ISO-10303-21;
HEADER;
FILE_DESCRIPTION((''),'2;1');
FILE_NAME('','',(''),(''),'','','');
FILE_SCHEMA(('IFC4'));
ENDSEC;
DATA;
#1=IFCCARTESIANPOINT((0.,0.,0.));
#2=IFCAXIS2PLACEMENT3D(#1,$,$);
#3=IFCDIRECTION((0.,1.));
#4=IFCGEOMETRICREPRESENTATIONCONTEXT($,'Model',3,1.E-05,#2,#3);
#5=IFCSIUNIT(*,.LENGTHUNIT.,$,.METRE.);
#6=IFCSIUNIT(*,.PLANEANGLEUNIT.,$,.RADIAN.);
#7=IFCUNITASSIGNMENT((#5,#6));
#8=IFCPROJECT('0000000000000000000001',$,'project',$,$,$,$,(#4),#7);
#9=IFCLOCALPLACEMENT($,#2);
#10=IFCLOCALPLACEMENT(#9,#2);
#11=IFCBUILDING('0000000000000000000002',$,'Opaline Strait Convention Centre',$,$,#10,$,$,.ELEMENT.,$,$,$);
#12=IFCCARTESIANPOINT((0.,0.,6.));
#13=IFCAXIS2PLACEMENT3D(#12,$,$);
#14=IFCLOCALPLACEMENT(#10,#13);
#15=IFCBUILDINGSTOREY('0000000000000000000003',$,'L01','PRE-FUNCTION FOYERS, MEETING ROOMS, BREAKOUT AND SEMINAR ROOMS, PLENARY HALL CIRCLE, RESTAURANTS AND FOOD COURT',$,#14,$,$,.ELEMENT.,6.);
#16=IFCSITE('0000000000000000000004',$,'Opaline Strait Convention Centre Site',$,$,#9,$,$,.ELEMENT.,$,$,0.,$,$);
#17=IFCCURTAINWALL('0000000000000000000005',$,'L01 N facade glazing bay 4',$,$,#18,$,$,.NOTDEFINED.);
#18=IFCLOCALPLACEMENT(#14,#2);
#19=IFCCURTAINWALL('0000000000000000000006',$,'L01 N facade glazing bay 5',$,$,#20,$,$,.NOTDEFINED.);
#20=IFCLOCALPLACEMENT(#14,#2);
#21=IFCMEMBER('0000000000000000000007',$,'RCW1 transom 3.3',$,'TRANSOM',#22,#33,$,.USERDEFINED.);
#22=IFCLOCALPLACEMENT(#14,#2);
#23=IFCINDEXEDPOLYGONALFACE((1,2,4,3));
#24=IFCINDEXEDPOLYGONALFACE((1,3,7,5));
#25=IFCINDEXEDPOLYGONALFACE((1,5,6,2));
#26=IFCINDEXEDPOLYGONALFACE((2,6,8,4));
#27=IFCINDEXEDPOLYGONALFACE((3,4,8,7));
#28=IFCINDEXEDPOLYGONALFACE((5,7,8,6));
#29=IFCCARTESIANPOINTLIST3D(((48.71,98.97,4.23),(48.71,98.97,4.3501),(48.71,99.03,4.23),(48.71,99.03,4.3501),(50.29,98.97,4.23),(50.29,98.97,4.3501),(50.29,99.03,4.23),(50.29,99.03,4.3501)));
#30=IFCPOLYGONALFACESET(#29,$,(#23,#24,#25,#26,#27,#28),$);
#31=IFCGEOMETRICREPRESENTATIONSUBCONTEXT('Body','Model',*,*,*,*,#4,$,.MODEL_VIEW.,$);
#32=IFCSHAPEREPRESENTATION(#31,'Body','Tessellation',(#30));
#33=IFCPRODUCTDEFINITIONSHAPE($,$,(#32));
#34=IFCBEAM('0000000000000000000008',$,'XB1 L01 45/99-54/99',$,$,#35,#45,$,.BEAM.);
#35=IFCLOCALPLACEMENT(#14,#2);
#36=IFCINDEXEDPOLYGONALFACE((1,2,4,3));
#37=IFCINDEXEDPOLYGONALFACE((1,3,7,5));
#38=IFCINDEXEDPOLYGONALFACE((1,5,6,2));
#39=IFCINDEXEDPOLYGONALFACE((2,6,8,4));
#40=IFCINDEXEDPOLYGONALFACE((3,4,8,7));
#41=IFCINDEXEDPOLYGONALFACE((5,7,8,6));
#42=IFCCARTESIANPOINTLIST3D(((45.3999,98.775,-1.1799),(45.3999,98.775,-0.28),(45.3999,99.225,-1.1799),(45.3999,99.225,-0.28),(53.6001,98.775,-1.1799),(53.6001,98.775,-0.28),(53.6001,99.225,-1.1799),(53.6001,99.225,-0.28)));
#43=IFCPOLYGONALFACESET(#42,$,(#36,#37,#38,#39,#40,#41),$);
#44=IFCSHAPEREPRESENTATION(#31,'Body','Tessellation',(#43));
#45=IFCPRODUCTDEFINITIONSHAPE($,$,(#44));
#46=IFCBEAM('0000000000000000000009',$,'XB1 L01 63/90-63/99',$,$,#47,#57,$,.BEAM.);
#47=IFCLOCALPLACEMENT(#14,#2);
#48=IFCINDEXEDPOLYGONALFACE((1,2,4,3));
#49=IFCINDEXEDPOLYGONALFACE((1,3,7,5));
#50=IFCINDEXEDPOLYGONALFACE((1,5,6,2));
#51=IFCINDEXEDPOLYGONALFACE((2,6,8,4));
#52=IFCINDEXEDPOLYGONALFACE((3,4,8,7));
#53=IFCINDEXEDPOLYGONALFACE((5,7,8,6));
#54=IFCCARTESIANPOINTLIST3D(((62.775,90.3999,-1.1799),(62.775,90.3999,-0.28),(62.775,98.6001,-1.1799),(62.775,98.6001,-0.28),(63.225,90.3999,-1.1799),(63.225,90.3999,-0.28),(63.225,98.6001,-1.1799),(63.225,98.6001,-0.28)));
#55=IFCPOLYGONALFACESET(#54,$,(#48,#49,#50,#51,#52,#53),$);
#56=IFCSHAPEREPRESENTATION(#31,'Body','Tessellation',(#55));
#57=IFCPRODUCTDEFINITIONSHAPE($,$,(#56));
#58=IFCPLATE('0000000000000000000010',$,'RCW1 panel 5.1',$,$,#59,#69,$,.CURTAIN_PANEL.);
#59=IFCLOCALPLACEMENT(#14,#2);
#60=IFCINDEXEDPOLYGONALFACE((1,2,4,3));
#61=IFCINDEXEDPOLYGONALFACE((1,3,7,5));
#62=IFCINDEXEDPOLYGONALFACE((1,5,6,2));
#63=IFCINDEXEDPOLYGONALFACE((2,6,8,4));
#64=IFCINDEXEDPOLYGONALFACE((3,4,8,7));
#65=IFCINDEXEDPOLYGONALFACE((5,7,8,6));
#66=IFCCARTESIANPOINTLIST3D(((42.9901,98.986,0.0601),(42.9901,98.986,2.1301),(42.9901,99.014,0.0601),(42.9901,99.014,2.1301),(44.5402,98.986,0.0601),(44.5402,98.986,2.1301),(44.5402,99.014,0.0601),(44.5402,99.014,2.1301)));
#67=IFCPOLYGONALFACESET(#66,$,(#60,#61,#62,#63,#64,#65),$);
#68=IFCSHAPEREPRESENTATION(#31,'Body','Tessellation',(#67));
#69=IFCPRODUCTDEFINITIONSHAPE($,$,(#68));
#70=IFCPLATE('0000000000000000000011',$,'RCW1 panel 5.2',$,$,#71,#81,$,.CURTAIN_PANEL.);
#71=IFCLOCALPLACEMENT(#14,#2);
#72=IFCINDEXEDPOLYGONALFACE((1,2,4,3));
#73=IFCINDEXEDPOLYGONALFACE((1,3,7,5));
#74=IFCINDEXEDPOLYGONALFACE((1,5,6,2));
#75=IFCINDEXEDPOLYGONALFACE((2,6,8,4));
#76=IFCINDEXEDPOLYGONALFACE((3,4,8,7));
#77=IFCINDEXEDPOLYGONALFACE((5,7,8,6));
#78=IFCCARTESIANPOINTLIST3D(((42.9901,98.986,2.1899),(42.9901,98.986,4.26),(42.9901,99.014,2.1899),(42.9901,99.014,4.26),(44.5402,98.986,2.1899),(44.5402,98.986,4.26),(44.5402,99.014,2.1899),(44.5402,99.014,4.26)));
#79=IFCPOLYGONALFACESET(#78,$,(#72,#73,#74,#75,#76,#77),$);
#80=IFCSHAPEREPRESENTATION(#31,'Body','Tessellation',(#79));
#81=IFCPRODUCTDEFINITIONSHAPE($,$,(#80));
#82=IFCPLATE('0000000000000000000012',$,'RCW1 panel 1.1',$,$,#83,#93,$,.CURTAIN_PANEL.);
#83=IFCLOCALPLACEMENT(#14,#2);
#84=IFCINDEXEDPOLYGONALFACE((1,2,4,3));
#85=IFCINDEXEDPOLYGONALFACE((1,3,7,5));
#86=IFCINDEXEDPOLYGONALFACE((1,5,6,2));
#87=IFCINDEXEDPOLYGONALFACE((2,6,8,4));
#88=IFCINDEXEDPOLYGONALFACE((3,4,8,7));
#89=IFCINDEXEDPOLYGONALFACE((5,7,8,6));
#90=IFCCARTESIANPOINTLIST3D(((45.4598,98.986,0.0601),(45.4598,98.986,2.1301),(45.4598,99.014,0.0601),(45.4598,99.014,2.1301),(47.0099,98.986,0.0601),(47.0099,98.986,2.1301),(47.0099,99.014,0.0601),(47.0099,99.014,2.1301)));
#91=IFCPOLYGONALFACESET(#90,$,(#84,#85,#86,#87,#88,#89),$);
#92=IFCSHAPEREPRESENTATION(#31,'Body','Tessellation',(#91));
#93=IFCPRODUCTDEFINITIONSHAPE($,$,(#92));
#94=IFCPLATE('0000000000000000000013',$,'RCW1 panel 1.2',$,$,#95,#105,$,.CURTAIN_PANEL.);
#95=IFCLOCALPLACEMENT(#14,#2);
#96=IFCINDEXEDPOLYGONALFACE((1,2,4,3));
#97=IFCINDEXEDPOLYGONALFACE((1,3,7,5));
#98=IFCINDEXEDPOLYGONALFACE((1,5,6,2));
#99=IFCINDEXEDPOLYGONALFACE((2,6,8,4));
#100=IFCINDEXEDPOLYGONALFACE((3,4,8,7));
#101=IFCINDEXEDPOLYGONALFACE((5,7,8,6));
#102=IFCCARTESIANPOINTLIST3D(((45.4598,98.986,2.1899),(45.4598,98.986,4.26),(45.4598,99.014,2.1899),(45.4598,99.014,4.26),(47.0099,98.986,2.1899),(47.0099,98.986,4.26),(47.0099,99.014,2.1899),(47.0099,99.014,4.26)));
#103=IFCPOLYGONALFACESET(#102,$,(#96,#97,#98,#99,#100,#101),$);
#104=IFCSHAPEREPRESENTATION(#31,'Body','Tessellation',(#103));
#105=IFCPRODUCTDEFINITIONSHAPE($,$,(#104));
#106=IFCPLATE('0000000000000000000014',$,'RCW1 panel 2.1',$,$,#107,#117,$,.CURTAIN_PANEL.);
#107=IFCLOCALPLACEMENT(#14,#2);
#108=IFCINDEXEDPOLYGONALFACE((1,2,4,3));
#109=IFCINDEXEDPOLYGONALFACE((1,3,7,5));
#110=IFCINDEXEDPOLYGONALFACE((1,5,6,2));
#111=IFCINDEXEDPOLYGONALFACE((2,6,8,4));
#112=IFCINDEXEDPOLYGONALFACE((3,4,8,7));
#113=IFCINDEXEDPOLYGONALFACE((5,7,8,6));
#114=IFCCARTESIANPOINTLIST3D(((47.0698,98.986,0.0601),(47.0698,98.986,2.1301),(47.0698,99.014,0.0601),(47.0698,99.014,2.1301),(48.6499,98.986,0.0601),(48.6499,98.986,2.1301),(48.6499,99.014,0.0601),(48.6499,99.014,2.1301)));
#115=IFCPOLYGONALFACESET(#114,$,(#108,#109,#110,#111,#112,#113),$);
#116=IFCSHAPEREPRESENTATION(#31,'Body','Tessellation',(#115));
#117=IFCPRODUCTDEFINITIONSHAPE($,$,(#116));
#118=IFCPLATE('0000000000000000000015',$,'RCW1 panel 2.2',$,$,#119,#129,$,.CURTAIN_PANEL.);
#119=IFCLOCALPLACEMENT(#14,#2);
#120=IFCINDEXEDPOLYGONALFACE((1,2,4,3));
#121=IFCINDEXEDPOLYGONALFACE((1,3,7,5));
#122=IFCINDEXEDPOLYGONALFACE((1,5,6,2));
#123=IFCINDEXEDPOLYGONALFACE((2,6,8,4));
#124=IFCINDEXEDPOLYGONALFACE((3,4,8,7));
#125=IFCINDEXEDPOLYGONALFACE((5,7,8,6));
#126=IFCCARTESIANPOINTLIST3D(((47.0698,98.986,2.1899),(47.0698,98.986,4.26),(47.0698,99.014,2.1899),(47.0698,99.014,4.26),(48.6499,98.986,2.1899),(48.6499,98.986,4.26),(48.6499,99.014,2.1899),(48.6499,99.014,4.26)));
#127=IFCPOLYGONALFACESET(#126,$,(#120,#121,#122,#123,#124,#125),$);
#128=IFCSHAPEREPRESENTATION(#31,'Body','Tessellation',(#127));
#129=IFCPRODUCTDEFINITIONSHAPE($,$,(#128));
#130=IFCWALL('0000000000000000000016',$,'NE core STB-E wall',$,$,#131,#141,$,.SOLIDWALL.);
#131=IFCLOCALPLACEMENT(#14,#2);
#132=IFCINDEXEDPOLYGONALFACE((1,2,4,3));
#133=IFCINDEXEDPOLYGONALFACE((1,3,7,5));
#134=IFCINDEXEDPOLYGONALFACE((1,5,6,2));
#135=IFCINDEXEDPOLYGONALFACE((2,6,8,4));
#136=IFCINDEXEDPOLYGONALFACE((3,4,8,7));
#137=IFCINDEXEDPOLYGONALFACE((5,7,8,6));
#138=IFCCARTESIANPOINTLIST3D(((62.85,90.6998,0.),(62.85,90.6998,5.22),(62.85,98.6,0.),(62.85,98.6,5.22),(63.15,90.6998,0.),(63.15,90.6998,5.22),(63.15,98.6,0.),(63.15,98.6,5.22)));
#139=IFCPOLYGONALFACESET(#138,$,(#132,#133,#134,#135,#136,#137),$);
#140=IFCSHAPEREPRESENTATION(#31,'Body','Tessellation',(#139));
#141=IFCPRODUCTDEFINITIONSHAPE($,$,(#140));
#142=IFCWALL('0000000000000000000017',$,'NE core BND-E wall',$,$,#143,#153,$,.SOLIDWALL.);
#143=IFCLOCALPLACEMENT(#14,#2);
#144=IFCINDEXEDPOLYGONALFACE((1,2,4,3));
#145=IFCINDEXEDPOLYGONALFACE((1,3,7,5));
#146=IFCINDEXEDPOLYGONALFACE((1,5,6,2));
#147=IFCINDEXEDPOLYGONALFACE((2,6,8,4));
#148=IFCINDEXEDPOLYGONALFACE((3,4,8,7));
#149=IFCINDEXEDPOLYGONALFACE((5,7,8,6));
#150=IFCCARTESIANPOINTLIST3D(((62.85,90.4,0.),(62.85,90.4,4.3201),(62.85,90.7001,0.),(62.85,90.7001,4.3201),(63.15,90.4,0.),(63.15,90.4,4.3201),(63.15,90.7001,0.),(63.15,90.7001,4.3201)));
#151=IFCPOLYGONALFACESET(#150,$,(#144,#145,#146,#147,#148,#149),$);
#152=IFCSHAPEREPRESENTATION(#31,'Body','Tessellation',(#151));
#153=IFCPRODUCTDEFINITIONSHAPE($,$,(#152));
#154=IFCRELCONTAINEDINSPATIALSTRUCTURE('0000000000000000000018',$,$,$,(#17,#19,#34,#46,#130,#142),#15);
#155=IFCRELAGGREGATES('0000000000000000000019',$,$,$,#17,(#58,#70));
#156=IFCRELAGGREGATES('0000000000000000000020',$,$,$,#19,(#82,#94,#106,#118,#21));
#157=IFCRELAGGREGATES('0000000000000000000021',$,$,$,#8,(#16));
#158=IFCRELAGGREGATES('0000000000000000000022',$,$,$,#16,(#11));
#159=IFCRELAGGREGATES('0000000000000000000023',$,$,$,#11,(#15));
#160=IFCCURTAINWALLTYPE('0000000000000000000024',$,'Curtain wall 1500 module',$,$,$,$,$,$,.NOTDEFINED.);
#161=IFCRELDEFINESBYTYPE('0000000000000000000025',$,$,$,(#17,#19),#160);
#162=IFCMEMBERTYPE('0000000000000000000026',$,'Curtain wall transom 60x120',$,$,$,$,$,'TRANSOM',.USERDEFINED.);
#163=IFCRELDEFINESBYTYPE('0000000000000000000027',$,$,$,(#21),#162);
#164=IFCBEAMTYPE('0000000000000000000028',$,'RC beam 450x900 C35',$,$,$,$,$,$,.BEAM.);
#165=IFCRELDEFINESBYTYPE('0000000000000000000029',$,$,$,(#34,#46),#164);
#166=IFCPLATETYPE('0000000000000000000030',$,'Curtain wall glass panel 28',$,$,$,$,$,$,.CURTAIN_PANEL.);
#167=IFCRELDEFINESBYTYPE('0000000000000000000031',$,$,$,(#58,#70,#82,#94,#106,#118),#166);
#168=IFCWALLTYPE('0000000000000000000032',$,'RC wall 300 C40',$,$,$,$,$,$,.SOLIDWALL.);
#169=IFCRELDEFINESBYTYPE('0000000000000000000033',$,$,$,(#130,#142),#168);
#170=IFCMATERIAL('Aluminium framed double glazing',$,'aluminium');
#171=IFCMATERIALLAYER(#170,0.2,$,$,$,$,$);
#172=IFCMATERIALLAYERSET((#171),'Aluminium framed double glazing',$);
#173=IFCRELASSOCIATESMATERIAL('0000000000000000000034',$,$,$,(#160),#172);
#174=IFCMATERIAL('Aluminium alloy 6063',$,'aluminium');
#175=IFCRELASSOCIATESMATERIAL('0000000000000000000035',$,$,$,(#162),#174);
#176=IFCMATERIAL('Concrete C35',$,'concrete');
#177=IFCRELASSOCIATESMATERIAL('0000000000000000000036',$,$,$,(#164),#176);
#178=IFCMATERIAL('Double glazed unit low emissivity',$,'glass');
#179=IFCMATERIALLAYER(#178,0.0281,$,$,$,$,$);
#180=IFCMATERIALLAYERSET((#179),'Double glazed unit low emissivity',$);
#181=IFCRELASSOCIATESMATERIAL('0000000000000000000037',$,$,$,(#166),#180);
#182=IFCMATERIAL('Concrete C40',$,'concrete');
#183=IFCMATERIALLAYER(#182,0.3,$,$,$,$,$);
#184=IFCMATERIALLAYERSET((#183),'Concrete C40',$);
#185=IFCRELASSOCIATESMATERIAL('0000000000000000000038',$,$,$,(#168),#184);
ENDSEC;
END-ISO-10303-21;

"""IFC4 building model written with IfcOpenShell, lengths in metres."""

from ifc_helpers import new_model, si_unit, direction, frame, frame_2d, origin, origin_2d, place, context, subcontext, project, spatial, rectangle, extrude, material, layer, layer_set, material_profile, profile_set, type_object, element, aggregate, save


model = new_model("IFC4")

# Units and contexts
model_context = context("Model", 3, precision=1e-05, world=origin(), true_north=direction((0.0, 1.0)))
body_context = subcontext(model_context, "Body", "Model", "MODEL_VIEW")
ifc_project = project(units=[si_unit("LENGTHUNIT", "METRE"), si_unit("PLANEANGLEUNIT", "RADIAN")], contexts=[model_context])

# Site, building, storey
site_placement = place(None, origin())
site = spatial("IfcSite", under=ifc_project, at=site_placement, Name="Opaline Strait Convention Centre Site", CompositionType="ELEMENT", RefElevation=0.0)
building_placement = place(site_placement, origin())
building = spatial("IfcBuilding", under=site, at=building_placement, Name="Opaline Strait Convention Centre", CompositionType="ELEMENT")
storey_placement = place(building_placement, frame((0.0, 0.0, 6.0)))
storey = spatial("IfcBuildingStorey", under=building, at=storey_placement, Name="L01", Description="PRE-FUNCTION FOYERS, MEETING ROOMS, BREAKOUT AND SEMINAR ROOMS, PLENARY HALL CIRCLE, RESTAURANTS AND FOOD COURT", CompositionType="ELEMENT", Elevation=6.0)

# Shared definitions
ifc_material_1 = material(Name="Concrete C40", Category="concrete")

# Curtain wall
ifc_material_2 = material(Name="Aluminium framed double glazing", Category="aluminium")
ifc_layer_1 = layer(ifc_material_2, 0.2)
ifc_layer_set_1 = layer_set([ifc_layer_1], Name="Aluminium framed double glazing")
curtain_wall_type = type_object("IfcCurtainWallType", Name="Curtain wall 1500 module", PredefinedType="NOTDEFINED", material=ifc_layer_set_1)
curtain_wall_1_placement = place(storey_placement, origin())
curtain_wall_1 = element("IfcCurtainWall", 1, at=curtain_wall_1_placement, inside=storey, type_object=curtain_wall_type, Name="L01 N facade glazing bay 4", PredefinedType="NOTDEFINED")
ifc_material_3 = material(Name="Aluminium alloy 6063", Category="aluminium")

# Curtain wall
curtain_wall_2_placement = place(storey_placement, origin())
curtain_wall_2 = element("IfcCurtainWall", 2, at=curtain_wall_2_placement, inside=storey, type_object=curtain_wall_type, Name="L01 N facade glazing bay 5", PredefinedType="NOTDEFINED")

# Member
ifc_material_profile_1 = material_profile(ifc_material_3, rectangle(XDim=0.0601, YDim=0.1201, at=origin_2d()), Name="Curtain wall transom 60x120")
ifc_profile_set_1 = profile_set([ifc_material_profile_1], Name="Aluminium alloy 6063")
member_type_1 = type_object("IfcMemberType", Name="Curtain wall transom 60x120", ElementType="TRANSOM", PredefinedType="USERDEFINED", material=ifc_profile_set_1)
member_1_placement = place(storey_placement, frame((48.71, 99.0, 4.29), z_axis=(1.0, 0.0, 0.0), x_axis=(0.0, 1.0, 0.0)))
member_1 = element("IfcMember", 3, at=member_1_placement, type_object=member_type_1, Name="RCW1 transom 3.3", ObjectType="TRANSOM", PredefinedType="USERDEFINED", context=body_context, shape_type="SweptSolid", body=[
    extrude(rectangle(XDim=0.0601, YDim=0.1201, at=origin_2d()), origin(), (0.0, 0.0, 1.0), 1.5801),
])

# Beams
ifc_material_4 = material(Name="Concrete C35", Category="concrete")
ifc_material_profile_2 = material_profile(ifc_material_4, rectangle(XDim=0.45, YDim=0.8999, at=origin_2d()), Name="RC 450x900")
ifc_profile_set_2 = profile_set([ifc_material_profile_2], Name="Concrete C35")
beam_type = type_object("IfcBeamType", Name="RC beam 450x900 C35", PredefinedType="BEAM", material=ifc_profile_set_2)
for number, where, z_axis, x_axis, name in (
    (4, (45.3999, 99.0, -0.73), (1.0, 0.0, 0.0), (0.0, 1.0, 0.0), "XB1 L01 45/99-54/99"),
    (5, (63.0, 90.3999, -0.73), (0.0, 1.0, 0.0), (-1.0, 0.0, 0.0), "XB1 L01 63/90-63/99"),
):
    element("IfcBeam", number, at=place(storey_placement, frame(where, z_axis=z_axis, x_axis=x_axis)), inside=storey, type_object=beam_type, Name=name, PredefinedType="BEAM", context=body_context, shape_type="SweptSolid", body=[
        extrude(rectangle(XDim=0.45, YDim=0.8999, at=origin_2d()), origin(), (0.0, 0.0, 1.0), 8.2002),
    ])

# Plates
ifc_material_5 = material(Name="Double glazed unit low emissivity", Category="glass")
ifc_layer_2 = layer(ifc_material_5, 0.0281)
ifc_layer_set_2 = layer_set([ifc_layer_2], Name="Double glazed unit low emissivity")
plate_type = type_object("IfcPlateType", Name="Curtain wall glass panel 28", PredefinedType="CURTAIN_PANEL", material=ifc_layer_set_2)
plate_1_placement = place(storey_placement, frame((43.7651, 99.0, 0.0601), z_axis=(0.0, 0.0, 1.0), x_axis=(1.0, 0.0, 0.0)))
plate_1 = element("IfcPlate", 6, at=plate_1_placement, type_object=plate_type, Name="RCW1 panel 5.1", PredefinedType="CURTAIN_PANEL", context=body_context, shape_type="SweptSolid", body=[
    extrude(rectangle(XDim=1.55, YDim=0.0281, at=origin_2d()), origin(), (0.0, 0.0, 1.0), 2.0701),
])
plate_2_placement = place(storey_placement, frame((43.7651, 99.0, 2.1899), z_axis=(0.0, 0.0, 1.0), x_axis=(1.0, 0.0, 0.0)))
plate_2 = element("IfcPlate", 7, at=plate_2_placement, type_object=plate_type, Name="RCW1 panel 5.2", PredefinedType="CURTAIN_PANEL", context=body_context, shape_type="SweptSolid", body=[
    extrude(rectangle(XDim=1.55, YDim=0.0281, at=origin_2d()), origin(), (0.0, 0.0, 1.0), 2.0701),
])
aggregate(curtain_wall_1, [plate_1, plate_2])
plate_3_placement = place(storey_placement, frame((46.2349, 99.0, 0.0601), z_axis=(0.0, 0.0, 1.0), x_axis=(1.0, 0.0, 0.0)))
plate_3 = element("IfcPlate", 8, at=plate_3_placement, type_object=plate_type, Name="RCW1 panel 1.1", PredefinedType="CURTAIN_PANEL", context=body_context, shape_type="SweptSolid", body=[
    extrude(rectangle(XDim=1.55, YDim=0.0281, at=origin_2d()), origin(), (0.0, 0.0, 1.0), 2.0701),
])
plate_4_placement = place(storey_placement, frame((46.2349, 99.0, 2.1899), z_axis=(0.0, 0.0, 1.0), x_axis=(1.0, 0.0, 0.0)))
plate_4 = element("IfcPlate", 9, at=plate_4_placement, type_object=plate_type, Name="RCW1 panel 1.2", PredefinedType="CURTAIN_PANEL", context=body_context, shape_type="SweptSolid", body=[
    extrude(rectangle(XDim=1.55, YDim=0.0281, at=origin_2d()), origin(), (0.0, 0.0, 1.0), 2.0701),
])
plate_5_placement = place(storey_placement, frame((47.8599, 99.0, 0.0601), z_axis=(0.0, 0.0, 1.0), x_axis=(1.0, 0.0, 0.0)))
plate_5 = element("IfcPlate", 10, at=plate_5_placement, type_object=plate_type, Name="RCW1 panel 2.1", PredefinedType="CURTAIN_PANEL", context=body_context, shape_type="SweptSolid", body=[
    extrude(rectangle(XDim=1.5801, YDim=0.0281, at=origin_2d()), origin(), (0.0, 0.0, 1.0), 2.0701),
])
plate_6_placement = place(storey_placement, frame((47.8599, 99.0, 2.1899), z_axis=(0.0, 0.0, 1.0), x_axis=(1.0, 0.0, 0.0)))
plate_6 = element("IfcPlate", 11, at=plate_6_placement, type_object=plate_type, Name="RCW1 panel 2.2", PredefinedType="CURTAIN_PANEL", context=body_context, shape_type="SweptSolid", body=[
    extrude(rectangle(XDim=1.5801, YDim=0.0281, at=origin_2d()), origin(), (0.0, 0.0, 1.0), 2.0701),
])
aggregate(curtain_wall_2, [plate_3, plate_4, plate_5, plate_6, member_1])

# Walls
ifc_layer_3 = layer(ifc_material_1, 0.3)
ifc_layer_set_3 = layer_set([ifc_layer_3], Name="Concrete C40")
wall_type = type_object("IfcWallType", Name="RC wall 300 C40", PredefinedType="SOLIDWALL", material=ifc_layer_set_3)
wall_1_placement = place(storey_placement, frame((63.0, 98.6001, 0.0), z_axis=(0.0, 0.0, 1.0), x_axis=(0.0, -1.0, 0.0)))
element("IfcWall", 12, at=wall_1_placement, inside=storey, type_object=wall_type, Name="NE core STB-E wall", PredefinedType="SOLIDWALL", context=body_context, shape_type="SweptSolid", body=[
    extrude(rectangle(XDim=7.9001, YDim=0.3, at=frame_2d((3.9502, 0.0))), origin(), (0.0, 0.0, 1.0), 5.22),
])
wall_2_placement = place(storey_placement, frame((63.0, 90.7, 0.0), z_axis=(0.0, 0.0, 1.0), x_axis=(0.0, -1.0, 0.0)))
element("IfcWall", 13, at=wall_2_placement, inside=storey, type_object=wall_type, Name="NE core BND-E wall", PredefinedType="SOLIDWALL", context=body_context, shape_type="SweptSolid", body=[
    extrude(rectangle(XDim=0.3, YDim=0.3, at=frame_2d((0.1499, 0.0))), origin(), (0.0, 0.0, 1.0), 4.3201),
])

save(model, "model.ifc")
